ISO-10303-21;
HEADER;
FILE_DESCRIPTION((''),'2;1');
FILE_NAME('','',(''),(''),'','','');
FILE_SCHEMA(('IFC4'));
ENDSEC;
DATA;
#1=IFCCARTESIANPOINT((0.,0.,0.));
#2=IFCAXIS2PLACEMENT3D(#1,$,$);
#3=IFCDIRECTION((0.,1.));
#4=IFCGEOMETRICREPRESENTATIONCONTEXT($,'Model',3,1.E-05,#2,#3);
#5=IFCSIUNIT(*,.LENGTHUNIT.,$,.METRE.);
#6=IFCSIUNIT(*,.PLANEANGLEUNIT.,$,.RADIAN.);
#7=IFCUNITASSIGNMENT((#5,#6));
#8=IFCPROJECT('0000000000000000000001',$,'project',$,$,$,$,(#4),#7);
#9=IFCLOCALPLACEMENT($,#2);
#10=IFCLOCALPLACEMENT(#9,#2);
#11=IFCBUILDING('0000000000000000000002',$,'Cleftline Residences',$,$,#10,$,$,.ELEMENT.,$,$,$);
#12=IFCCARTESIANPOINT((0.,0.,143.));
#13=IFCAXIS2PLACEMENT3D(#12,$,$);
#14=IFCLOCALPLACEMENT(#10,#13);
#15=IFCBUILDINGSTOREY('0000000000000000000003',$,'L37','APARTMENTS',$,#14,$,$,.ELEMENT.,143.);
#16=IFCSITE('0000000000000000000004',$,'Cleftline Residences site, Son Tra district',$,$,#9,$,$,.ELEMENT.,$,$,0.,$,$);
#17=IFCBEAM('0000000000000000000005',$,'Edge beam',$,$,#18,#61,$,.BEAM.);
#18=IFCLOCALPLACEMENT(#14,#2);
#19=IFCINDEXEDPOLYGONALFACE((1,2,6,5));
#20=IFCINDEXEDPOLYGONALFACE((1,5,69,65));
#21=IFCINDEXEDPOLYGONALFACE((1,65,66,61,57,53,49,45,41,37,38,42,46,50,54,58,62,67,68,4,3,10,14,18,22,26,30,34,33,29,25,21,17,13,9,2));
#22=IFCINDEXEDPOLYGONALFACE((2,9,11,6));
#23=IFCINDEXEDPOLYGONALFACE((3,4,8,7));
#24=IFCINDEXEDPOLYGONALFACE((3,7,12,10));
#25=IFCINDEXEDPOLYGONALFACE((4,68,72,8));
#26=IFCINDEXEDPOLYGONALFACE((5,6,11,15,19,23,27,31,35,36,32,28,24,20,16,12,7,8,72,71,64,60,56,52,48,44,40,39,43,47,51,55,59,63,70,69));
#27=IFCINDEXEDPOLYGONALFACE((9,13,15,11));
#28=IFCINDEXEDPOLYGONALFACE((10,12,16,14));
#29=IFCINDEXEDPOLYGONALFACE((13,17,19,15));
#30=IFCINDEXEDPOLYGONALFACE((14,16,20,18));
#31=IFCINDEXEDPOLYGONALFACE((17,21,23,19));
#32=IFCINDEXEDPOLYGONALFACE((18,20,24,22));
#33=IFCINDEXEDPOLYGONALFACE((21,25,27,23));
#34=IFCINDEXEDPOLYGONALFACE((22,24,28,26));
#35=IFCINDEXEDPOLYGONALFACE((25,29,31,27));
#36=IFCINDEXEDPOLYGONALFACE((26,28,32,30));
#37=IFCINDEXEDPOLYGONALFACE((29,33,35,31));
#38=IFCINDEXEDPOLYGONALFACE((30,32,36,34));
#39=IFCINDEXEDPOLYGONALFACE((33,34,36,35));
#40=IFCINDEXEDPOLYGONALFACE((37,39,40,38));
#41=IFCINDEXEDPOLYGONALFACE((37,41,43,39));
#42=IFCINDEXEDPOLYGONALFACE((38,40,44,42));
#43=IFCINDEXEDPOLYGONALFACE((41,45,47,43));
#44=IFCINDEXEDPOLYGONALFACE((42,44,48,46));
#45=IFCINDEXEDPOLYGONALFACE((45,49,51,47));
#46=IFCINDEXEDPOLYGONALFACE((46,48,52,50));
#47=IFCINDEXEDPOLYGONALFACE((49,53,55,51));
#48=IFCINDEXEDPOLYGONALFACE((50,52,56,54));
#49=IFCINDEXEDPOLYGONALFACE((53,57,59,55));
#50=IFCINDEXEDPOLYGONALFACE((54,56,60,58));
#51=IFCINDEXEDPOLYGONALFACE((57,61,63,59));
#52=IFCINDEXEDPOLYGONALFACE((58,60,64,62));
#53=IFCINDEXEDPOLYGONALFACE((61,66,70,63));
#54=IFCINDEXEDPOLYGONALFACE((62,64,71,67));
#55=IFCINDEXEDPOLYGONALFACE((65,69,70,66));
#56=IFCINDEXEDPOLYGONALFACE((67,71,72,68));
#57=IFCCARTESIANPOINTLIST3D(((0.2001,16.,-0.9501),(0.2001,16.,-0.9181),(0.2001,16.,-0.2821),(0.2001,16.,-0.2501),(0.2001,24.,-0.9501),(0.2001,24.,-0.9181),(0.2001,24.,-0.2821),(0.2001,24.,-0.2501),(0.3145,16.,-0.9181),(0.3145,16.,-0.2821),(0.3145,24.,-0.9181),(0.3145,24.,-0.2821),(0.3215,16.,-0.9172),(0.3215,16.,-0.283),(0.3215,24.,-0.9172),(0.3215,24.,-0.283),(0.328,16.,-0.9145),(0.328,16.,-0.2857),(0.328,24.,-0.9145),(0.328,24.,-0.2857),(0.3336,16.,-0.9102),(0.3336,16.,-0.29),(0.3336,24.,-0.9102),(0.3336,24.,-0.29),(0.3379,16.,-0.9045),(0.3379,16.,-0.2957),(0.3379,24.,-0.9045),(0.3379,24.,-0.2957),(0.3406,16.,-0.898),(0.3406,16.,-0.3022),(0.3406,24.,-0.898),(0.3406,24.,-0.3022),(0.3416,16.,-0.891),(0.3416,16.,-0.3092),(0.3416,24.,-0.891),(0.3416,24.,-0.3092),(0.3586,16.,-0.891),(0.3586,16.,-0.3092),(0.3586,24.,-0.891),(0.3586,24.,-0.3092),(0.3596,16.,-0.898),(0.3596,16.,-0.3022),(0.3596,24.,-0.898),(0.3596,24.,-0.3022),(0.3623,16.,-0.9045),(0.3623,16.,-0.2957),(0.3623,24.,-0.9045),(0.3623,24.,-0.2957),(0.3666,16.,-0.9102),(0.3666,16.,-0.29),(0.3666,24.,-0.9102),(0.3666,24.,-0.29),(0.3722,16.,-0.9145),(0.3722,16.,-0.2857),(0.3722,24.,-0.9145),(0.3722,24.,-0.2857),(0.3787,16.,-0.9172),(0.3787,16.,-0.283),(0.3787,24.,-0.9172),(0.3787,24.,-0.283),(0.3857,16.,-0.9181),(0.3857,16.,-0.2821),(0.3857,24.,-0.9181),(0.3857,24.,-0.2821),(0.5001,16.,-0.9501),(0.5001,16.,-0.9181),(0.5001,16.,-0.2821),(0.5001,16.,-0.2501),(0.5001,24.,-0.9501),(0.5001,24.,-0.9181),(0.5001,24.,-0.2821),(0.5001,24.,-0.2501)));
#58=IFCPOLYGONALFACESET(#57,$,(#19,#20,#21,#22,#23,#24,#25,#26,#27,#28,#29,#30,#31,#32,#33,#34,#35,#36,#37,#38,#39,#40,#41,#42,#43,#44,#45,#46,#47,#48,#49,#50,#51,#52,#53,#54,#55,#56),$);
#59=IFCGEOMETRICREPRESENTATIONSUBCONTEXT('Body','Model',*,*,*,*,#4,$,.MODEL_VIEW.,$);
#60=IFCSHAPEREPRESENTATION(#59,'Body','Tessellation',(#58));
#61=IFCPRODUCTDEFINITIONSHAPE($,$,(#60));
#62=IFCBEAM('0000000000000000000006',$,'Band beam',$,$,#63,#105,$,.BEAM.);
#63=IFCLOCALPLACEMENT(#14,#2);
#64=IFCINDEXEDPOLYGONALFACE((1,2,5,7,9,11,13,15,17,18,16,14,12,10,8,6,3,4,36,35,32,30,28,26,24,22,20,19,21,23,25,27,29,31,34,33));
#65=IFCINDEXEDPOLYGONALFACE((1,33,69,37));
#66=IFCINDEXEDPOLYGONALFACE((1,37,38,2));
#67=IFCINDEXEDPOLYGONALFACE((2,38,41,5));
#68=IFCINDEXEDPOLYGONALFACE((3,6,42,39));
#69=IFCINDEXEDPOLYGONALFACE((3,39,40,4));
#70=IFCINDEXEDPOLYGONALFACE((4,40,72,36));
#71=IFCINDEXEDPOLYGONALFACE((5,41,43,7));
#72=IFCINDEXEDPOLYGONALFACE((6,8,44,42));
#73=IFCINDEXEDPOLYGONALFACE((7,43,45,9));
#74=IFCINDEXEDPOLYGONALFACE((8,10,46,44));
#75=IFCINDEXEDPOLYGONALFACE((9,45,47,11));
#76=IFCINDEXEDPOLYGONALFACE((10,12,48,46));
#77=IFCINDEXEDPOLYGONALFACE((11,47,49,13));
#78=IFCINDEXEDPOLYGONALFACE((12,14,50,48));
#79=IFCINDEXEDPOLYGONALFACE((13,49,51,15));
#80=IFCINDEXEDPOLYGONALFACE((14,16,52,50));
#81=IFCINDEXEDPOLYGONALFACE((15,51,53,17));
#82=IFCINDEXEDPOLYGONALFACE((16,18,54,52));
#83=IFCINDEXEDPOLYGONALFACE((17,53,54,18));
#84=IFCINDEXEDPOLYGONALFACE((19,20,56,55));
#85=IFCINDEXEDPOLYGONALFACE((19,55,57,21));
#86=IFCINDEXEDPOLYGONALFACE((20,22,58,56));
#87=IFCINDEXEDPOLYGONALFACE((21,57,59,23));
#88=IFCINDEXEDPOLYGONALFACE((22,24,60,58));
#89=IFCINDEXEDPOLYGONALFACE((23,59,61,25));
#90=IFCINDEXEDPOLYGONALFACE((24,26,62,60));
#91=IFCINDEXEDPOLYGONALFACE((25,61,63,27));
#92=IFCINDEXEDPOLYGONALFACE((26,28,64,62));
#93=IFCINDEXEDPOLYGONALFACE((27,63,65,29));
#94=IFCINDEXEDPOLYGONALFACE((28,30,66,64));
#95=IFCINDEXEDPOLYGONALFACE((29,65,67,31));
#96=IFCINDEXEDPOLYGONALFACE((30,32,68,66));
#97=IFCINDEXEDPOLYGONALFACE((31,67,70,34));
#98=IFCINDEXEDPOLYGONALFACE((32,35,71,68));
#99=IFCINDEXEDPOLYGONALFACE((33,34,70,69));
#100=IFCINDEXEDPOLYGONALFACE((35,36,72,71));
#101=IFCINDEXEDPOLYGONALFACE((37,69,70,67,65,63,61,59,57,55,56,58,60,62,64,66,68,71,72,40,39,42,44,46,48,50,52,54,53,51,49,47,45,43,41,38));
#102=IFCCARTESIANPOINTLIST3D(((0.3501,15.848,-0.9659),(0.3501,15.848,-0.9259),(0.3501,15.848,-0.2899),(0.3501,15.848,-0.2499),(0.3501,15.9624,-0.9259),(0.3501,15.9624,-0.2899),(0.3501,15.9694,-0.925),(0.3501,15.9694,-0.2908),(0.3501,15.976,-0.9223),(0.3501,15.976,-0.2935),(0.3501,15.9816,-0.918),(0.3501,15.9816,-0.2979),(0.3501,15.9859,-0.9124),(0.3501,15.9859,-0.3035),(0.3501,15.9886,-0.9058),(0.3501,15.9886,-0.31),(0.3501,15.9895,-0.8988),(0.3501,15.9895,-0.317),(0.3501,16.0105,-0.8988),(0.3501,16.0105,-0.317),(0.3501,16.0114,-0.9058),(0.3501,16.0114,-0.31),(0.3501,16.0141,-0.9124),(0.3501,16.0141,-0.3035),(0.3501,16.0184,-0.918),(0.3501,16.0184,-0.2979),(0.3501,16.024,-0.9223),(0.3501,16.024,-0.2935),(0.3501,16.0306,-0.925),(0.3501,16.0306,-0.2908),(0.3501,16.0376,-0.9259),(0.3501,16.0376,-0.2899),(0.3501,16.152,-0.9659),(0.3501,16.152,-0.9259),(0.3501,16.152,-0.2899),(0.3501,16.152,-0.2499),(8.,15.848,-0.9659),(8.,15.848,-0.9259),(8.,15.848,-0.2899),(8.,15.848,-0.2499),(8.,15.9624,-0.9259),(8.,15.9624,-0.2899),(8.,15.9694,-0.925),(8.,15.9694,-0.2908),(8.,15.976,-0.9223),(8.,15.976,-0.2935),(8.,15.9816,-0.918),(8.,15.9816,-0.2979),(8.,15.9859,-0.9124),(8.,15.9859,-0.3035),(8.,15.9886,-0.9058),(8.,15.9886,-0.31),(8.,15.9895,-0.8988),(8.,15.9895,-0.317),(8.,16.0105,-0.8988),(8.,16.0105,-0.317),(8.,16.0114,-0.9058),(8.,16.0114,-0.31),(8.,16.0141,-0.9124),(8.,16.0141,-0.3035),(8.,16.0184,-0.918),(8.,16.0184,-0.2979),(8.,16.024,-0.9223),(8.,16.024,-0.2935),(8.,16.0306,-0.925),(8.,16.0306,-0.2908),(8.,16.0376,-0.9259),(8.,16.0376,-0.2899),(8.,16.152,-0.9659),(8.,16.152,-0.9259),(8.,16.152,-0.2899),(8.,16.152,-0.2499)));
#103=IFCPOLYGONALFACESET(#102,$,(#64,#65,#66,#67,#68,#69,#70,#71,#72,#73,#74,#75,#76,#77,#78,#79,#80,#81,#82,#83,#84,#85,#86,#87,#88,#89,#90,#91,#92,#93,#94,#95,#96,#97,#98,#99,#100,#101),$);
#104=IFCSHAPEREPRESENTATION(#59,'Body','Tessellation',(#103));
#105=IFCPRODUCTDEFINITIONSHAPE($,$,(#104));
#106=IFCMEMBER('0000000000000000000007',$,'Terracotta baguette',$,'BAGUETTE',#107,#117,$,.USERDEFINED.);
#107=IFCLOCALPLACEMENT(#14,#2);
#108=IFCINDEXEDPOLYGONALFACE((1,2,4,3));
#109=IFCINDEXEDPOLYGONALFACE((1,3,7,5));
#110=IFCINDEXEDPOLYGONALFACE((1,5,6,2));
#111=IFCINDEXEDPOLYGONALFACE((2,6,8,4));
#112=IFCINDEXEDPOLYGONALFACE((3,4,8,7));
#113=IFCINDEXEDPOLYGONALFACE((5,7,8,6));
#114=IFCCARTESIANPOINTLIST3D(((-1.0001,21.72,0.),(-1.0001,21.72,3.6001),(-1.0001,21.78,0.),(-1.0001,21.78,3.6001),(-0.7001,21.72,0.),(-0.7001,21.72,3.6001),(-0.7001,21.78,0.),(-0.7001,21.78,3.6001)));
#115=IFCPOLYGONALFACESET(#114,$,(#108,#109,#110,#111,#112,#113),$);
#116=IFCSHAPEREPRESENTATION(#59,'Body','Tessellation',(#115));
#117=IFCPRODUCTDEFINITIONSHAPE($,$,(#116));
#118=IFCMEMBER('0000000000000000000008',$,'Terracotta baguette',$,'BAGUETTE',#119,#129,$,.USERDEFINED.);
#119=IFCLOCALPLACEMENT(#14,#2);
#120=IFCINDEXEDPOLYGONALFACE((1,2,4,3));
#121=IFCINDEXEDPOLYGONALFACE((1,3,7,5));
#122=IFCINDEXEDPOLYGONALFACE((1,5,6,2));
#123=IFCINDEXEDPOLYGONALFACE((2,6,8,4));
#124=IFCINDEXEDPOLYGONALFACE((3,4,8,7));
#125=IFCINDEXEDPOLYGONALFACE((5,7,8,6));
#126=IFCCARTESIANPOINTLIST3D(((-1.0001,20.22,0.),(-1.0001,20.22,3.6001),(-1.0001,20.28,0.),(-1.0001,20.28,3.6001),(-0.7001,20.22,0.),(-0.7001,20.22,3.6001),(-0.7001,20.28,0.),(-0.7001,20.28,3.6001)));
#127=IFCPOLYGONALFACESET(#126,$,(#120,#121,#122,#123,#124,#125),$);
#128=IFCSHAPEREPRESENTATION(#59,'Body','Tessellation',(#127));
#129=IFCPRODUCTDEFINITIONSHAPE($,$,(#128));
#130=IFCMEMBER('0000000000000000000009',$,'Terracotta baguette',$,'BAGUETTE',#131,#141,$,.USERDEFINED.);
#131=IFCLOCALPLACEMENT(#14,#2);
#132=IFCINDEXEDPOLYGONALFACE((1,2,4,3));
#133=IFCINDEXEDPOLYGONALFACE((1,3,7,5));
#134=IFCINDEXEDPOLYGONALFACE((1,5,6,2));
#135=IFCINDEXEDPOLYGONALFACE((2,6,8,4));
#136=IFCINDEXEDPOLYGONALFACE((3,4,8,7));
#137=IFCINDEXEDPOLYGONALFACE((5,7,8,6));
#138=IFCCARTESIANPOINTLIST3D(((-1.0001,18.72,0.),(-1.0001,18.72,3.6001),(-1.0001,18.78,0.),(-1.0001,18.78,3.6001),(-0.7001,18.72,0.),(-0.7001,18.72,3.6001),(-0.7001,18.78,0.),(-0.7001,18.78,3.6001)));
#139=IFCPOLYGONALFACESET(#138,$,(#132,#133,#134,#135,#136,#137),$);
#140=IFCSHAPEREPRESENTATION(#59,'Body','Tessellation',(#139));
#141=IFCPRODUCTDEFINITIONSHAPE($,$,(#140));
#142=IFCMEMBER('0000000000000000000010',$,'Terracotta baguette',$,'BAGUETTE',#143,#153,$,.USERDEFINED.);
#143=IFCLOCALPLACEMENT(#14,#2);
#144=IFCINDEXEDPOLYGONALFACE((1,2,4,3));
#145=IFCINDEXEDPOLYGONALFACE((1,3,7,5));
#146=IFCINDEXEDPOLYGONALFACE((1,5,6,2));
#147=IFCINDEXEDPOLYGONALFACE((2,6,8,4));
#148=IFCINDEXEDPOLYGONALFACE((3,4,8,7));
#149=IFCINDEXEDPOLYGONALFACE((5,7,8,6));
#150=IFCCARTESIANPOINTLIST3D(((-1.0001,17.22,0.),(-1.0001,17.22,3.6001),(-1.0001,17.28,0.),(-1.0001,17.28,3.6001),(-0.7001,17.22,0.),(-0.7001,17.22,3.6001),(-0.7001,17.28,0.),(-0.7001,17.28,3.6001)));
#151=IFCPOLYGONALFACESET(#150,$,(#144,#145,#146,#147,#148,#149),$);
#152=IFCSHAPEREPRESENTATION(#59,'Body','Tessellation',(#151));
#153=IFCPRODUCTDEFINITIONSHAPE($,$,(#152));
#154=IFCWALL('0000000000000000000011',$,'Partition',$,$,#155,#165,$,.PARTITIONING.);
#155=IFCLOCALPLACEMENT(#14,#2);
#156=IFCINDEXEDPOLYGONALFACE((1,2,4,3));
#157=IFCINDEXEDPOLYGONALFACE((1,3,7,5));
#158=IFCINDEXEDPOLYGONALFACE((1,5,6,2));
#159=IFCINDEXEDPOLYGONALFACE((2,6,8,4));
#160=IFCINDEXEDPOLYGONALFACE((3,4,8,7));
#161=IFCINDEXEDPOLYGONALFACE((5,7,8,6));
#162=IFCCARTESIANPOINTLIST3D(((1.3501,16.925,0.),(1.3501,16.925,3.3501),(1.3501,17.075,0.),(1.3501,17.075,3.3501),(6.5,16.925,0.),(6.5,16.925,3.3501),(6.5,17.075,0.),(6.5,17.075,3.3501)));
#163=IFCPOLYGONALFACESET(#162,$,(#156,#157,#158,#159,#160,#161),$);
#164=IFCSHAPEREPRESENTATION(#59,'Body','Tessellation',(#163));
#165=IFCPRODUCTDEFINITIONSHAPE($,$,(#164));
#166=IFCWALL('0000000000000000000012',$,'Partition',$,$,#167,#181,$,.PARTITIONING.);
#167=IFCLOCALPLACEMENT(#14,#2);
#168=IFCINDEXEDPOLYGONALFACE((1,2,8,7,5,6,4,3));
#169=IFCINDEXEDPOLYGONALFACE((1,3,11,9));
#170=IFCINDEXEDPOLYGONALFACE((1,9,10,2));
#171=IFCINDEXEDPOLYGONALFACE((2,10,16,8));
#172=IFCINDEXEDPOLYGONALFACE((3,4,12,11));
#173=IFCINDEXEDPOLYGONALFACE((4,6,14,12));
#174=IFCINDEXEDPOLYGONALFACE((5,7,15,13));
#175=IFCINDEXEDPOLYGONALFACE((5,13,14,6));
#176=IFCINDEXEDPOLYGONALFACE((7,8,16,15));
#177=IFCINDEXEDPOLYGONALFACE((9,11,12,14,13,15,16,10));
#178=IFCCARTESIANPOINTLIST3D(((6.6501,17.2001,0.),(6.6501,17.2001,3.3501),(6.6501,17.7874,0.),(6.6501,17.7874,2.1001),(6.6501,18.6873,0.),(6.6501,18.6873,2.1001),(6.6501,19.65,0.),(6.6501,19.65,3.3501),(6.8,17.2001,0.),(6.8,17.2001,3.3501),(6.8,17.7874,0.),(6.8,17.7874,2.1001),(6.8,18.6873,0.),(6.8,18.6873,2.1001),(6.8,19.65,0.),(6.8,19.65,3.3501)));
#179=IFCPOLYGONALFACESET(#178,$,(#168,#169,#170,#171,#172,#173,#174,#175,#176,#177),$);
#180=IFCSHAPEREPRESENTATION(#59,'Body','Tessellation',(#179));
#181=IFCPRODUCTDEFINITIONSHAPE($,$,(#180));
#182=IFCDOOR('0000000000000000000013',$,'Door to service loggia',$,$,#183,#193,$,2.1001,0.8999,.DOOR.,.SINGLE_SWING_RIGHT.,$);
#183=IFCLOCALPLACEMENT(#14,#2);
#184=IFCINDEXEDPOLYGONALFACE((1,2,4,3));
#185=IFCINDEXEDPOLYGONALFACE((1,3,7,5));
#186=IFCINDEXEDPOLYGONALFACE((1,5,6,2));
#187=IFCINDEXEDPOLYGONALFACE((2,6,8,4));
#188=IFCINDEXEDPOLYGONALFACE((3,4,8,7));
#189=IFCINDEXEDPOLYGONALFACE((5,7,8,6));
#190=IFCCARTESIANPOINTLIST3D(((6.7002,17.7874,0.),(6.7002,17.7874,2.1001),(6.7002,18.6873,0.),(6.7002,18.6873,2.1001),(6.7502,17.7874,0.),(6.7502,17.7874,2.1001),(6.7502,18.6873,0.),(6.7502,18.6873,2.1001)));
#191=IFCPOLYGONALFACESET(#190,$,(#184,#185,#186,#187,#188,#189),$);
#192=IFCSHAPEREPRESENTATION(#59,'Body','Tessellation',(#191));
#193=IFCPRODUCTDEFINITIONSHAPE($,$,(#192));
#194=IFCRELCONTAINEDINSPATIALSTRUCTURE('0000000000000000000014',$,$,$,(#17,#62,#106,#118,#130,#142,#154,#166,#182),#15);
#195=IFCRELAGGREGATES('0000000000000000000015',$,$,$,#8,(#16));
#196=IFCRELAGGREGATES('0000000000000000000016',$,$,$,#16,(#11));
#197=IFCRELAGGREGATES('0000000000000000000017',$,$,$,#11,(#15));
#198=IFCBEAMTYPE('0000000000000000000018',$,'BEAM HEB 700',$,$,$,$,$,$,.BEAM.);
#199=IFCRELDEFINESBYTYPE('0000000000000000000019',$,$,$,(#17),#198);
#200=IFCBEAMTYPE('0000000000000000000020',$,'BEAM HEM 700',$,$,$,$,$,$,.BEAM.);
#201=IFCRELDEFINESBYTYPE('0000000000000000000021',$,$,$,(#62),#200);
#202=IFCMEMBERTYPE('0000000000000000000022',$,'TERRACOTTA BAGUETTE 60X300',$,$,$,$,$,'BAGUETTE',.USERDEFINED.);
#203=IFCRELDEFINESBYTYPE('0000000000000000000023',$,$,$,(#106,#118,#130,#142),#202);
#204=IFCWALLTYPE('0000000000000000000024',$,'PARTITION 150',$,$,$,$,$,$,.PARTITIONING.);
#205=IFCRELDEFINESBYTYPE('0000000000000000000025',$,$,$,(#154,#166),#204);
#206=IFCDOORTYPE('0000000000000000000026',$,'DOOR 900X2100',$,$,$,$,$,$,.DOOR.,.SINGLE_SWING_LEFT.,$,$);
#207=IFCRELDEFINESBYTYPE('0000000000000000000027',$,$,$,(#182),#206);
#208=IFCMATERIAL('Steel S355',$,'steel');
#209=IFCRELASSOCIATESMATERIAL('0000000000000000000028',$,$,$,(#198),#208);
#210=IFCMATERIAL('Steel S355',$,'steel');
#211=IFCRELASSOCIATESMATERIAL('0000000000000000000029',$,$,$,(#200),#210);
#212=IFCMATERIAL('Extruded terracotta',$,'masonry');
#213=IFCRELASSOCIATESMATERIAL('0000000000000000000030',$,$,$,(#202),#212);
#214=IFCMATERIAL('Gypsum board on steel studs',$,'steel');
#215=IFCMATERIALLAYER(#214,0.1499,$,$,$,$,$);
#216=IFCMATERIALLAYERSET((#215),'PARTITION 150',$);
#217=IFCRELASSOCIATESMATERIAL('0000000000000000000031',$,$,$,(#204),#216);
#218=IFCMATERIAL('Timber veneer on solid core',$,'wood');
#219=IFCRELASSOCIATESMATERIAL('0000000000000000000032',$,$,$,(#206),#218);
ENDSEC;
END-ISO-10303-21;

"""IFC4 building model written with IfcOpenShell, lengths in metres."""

from ifc_helpers import new_model, si_unit, direction, frame, frame_2d, origin, origin_2d, place, context, subcontext, project, spatial, rectangle, i_section, extrude, material, layer, layer_set, material_profile, profile_set, type_object, element, fill, save


model = new_model("IFC4")

# Units and contexts
model_context = context("Model", 3, precision=1e-05, world=origin(), true_north=direction((0.0, 1.0)))
body_context = subcontext(model_context, "Body", "Model", "MODEL_VIEW")
ifc_project = project(units=[si_unit("LENGTHUNIT", "METRE"), si_unit("PLANEANGLEUNIT", "RADIAN")], contexts=[model_context])

# Site, building, storey
site_placement = place(None, origin())
site = spatial("IfcSite", under=ifc_project, at=site_placement, Name="Cleftline Residences site, Son Tra district", CompositionType="ELEMENT", RefElevation=0.0)
building_placement = place(site_placement, origin())
building = spatial("IfcBuilding", under=site, at=building_placement, Name="Cleftline Residences", CompositionType="ELEMENT")
storey_placement = place(building_placement, frame((0.0, 0.0, 143.0)))
storey = spatial("IfcBuildingStorey", under=building, at=storey_placement, Name="L37", Description="APARTMENTS", CompositionType="ELEMENT", Elevation=143.0)

# Beams
ifc_material_1 = material(Name="Steel S355", Category="steel")
ifc_material_profile_1 = material_profile(ifc_material_1, i_section(OverallWidth=0.3, OverallDepth=0.7, WebThickness=0.0171, FlangeThickness=0.032, FilletRadius=0.0271, at=origin_2d()))
ifc_profile_set_1 = profile_set([ifc_material_profile_1], Name="Steel S355")
beam_type_1 = type_object("IfcBeamType", Name="BEAM HEB 700", PredefinedType="BEAM", material=ifc_profile_set_1)
beam_1_placement = place(storey_placement, frame((0.3501, 16.0, -0.6001), z_axis=(0.0, 1.0, 0.0), x_axis=(-1.0, 0.0, 0.0)))
element("IfcBeam", 1, at=beam_1_placement, inside=storey, type_object=beam_type_1, Name="Edge beam", PredefinedType="BEAM", context=body_context, shape_type="SweptSolid", body=[
    extrude(i_section(OverallWidth=0.3, OverallDepth=0.7, WebThickness=0.0171, FlangeThickness=0.032, FilletRadius=0.0271, at=origin_2d()), origin(), (0.0, 0.0, 1.0), 8.0),
])
ifc_material_2 = material(Name="Steel S355", Category="steel")
ifc_material_profile_2 = material_profile(ifc_material_2, i_section(OverallWidth=0.304, OverallDepth=0.7161, WebThickness=0.021, FlangeThickness=0.04, FilletRadius=0.0271, at=origin_2d()))
ifc_profile_set_2 = profile_set([ifc_material_profile_2], Name="Steel S355")
beam_type_2 = type_object("IfcBeamType", Name="BEAM HEM 700", PredefinedType="BEAM", material=ifc_profile_set_2)
beam_2_placement = place(storey_placement, frame((0.3501, 16.0, -0.6079), z_axis=(1.0, 0.0, 0.0), x_axis=(0.0, 1.0, 0.0)))
element("IfcBeam", 2, at=beam_2_placement, inside=storey, type_object=beam_type_2, Name="Band beam", PredefinedType="BEAM", context=body_context, shape_type="SweptSolid", body=[
    extrude(i_section(OverallWidth=0.304, OverallDepth=0.7161, WebThickness=0.021, FlangeThickness=0.04, FilletRadius=0.0271, at=origin_2d()), origin(), (0.0, 0.0, 1.0), 7.6499),
])

# Members
ifc_material_3 = material(Name="Extruded terracotta", Category="masonry")
ifc_material_profile_3 = material_profile(ifc_material_3, rectangle(XDim=0.0601, YDim=0.3, at=origin_2d()))
ifc_profile_set_3 = profile_set([ifc_material_profile_3], Name="Extruded terracotta")
member_type_1 = type_object("IfcMemberType", Name="TERRACOTTA BAGUETTE 60X300", ElementType="BAGUETTE", PredefinedType="USERDEFINED", material=ifc_profile_set_3)
for number, where, z_axis, x_axis, name in (
    (3, (-0.8501, 21.75, 0.0), (0.0, 0.0, 1.0), (0.0, 1.0, 0.0), "Terracotta baguette"),
    (4, (-0.8501, 20.25, 0.0), (0.0, 0.0, 1.0), (0.0, 1.0, 0.0), "Terracotta baguette"),
    (5, (-0.8501, 18.75, 0.0), (0.0, 0.0, 1.0), (0.0, 1.0, 0.0), "Terracotta baguette"),
    (6, (-0.8501, 17.25, 0.0), (0.0, 0.0, 1.0), (0.0, 1.0, 0.0), "Terracotta baguette"),
):
    element("IfcMember", number, at=place(storey_placement, frame(where, z_axis=z_axis, x_axis=x_axis)), inside=storey, type_object=member_type_1, Name=name, ObjectType="BAGUETTE", PredefinedType="USERDEFINED", context=body_context, shape_type="SweptSolid", body=[
        extrude(rectangle(XDim=0.0601, YDim=0.3, at=origin_2d()), origin(), (0.0, 0.0, 1.0), 3.6001),
    ])

# Wall
ifc_material_4 = material(Name="Gypsum board on steel studs", Category="steel")
ifc_layer_1 = layer(ifc_material_4, 0.1499)
ifc_layer_set_1 = layer_set([ifc_layer_1], Name="PARTITION 150")
wall_type_1 = type_object("IfcWallType", Name="PARTITION 150", PredefinedType="PARTITIONING", material=ifc_layer_set_1)
wall_1_placement = place(storey_placement, frame((1.3501, 17.0, 0.0), z_axis=(0.0, 0.0, 1.0), x_axis=(1.0, 0.0, 0.0)))
element("IfcWall", 7, at=wall_1_placement, inside=storey, type_object=wall_type_1, Name="Partition", PredefinedType="PARTITIONING", context=body_context, shape_type="SweptSolid", body=[
    extrude(rectangle(XDim=5.1499, YDim=0.1499, at=frame_2d((2.575, 0.0))), origin(), (0.0, 0.0, 1.0), 3.3501),
])

# Wall, opening, door
wall_2_placement = place(storey_placement, frame((6.7251, 17.2, 0.0), z_axis=(0.0, 0.0, 1.0), x_axis=(0.0, 1.0, 0.0)))
wall_2 = element("IfcWall", 8, at=wall_2_placement, inside=storey, type_object=wall_type_1, Name="Partition", PredefinedType="PARTITIONING", context=body_context, shape_type="SweptSolid", body=[
    extrude(rectangle(XDim=2.45, YDim=0.1499, at=frame_2d((1.2251, 0.0))), origin(), (0.0, 0.0, 1.0), 3.3501),
])
opening_1_placement = place(wall_2_placement, frame((0.5874, 0.0, 0.0)))
opening_1 = element("IfcOpeningElement", 9, at=opening_1_placement, cuts=wall_2, PredefinedType="OPENING", context=body_context, shape_type="SweptSolid", body=[
    extrude(rectangle(XDim=0.8999, YDim=2.1001, at=frame_2d((0.45, 1.05))), frame((0.0, 0.085, 0.0), z_axis=(0.0, -1.0, 0.0), x_axis=(1.0, 0.0, 0.0)), (0.0, 0.0, 1.0), 0.1699),
])
ifc_material_5 = material(Name="Timber veneer on solid core", Category="wood")
door_type_1 = type_object("IfcDoorType", Name="DOOR 900X2100", OperationType="SINGLE_SWING_LEFT", PredefinedType="DOOR", material=ifc_material_5)
door_1_placement = place(opening_1_placement, origin())
door_1 = element("IfcDoor", 10, at=door_1_placement, inside=storey, type_object=door_type_1, Name="Door to service loggia", OperationType="SINGLE_SWING_RIGHT", OverallHeight=2.1001, OverallWidth=0.8999, PredefinedType="DOOR", context=body_context, shape_type="SweptSolid", body=[
    extrude(rectangle(XDim=0.8999, YDim=2.1001, at=frame_2d((0.45, 1.05))), frame((0.0, 0.0249, 0.0), z_axis=(0.0, -1.0, 0.0), x_axis=(1.0, 0.0, 0.0)), (0.0, 0.0, 1.0), 0.05),
])
fill(opening_1, door_1)

save(model, "model.ifc")
